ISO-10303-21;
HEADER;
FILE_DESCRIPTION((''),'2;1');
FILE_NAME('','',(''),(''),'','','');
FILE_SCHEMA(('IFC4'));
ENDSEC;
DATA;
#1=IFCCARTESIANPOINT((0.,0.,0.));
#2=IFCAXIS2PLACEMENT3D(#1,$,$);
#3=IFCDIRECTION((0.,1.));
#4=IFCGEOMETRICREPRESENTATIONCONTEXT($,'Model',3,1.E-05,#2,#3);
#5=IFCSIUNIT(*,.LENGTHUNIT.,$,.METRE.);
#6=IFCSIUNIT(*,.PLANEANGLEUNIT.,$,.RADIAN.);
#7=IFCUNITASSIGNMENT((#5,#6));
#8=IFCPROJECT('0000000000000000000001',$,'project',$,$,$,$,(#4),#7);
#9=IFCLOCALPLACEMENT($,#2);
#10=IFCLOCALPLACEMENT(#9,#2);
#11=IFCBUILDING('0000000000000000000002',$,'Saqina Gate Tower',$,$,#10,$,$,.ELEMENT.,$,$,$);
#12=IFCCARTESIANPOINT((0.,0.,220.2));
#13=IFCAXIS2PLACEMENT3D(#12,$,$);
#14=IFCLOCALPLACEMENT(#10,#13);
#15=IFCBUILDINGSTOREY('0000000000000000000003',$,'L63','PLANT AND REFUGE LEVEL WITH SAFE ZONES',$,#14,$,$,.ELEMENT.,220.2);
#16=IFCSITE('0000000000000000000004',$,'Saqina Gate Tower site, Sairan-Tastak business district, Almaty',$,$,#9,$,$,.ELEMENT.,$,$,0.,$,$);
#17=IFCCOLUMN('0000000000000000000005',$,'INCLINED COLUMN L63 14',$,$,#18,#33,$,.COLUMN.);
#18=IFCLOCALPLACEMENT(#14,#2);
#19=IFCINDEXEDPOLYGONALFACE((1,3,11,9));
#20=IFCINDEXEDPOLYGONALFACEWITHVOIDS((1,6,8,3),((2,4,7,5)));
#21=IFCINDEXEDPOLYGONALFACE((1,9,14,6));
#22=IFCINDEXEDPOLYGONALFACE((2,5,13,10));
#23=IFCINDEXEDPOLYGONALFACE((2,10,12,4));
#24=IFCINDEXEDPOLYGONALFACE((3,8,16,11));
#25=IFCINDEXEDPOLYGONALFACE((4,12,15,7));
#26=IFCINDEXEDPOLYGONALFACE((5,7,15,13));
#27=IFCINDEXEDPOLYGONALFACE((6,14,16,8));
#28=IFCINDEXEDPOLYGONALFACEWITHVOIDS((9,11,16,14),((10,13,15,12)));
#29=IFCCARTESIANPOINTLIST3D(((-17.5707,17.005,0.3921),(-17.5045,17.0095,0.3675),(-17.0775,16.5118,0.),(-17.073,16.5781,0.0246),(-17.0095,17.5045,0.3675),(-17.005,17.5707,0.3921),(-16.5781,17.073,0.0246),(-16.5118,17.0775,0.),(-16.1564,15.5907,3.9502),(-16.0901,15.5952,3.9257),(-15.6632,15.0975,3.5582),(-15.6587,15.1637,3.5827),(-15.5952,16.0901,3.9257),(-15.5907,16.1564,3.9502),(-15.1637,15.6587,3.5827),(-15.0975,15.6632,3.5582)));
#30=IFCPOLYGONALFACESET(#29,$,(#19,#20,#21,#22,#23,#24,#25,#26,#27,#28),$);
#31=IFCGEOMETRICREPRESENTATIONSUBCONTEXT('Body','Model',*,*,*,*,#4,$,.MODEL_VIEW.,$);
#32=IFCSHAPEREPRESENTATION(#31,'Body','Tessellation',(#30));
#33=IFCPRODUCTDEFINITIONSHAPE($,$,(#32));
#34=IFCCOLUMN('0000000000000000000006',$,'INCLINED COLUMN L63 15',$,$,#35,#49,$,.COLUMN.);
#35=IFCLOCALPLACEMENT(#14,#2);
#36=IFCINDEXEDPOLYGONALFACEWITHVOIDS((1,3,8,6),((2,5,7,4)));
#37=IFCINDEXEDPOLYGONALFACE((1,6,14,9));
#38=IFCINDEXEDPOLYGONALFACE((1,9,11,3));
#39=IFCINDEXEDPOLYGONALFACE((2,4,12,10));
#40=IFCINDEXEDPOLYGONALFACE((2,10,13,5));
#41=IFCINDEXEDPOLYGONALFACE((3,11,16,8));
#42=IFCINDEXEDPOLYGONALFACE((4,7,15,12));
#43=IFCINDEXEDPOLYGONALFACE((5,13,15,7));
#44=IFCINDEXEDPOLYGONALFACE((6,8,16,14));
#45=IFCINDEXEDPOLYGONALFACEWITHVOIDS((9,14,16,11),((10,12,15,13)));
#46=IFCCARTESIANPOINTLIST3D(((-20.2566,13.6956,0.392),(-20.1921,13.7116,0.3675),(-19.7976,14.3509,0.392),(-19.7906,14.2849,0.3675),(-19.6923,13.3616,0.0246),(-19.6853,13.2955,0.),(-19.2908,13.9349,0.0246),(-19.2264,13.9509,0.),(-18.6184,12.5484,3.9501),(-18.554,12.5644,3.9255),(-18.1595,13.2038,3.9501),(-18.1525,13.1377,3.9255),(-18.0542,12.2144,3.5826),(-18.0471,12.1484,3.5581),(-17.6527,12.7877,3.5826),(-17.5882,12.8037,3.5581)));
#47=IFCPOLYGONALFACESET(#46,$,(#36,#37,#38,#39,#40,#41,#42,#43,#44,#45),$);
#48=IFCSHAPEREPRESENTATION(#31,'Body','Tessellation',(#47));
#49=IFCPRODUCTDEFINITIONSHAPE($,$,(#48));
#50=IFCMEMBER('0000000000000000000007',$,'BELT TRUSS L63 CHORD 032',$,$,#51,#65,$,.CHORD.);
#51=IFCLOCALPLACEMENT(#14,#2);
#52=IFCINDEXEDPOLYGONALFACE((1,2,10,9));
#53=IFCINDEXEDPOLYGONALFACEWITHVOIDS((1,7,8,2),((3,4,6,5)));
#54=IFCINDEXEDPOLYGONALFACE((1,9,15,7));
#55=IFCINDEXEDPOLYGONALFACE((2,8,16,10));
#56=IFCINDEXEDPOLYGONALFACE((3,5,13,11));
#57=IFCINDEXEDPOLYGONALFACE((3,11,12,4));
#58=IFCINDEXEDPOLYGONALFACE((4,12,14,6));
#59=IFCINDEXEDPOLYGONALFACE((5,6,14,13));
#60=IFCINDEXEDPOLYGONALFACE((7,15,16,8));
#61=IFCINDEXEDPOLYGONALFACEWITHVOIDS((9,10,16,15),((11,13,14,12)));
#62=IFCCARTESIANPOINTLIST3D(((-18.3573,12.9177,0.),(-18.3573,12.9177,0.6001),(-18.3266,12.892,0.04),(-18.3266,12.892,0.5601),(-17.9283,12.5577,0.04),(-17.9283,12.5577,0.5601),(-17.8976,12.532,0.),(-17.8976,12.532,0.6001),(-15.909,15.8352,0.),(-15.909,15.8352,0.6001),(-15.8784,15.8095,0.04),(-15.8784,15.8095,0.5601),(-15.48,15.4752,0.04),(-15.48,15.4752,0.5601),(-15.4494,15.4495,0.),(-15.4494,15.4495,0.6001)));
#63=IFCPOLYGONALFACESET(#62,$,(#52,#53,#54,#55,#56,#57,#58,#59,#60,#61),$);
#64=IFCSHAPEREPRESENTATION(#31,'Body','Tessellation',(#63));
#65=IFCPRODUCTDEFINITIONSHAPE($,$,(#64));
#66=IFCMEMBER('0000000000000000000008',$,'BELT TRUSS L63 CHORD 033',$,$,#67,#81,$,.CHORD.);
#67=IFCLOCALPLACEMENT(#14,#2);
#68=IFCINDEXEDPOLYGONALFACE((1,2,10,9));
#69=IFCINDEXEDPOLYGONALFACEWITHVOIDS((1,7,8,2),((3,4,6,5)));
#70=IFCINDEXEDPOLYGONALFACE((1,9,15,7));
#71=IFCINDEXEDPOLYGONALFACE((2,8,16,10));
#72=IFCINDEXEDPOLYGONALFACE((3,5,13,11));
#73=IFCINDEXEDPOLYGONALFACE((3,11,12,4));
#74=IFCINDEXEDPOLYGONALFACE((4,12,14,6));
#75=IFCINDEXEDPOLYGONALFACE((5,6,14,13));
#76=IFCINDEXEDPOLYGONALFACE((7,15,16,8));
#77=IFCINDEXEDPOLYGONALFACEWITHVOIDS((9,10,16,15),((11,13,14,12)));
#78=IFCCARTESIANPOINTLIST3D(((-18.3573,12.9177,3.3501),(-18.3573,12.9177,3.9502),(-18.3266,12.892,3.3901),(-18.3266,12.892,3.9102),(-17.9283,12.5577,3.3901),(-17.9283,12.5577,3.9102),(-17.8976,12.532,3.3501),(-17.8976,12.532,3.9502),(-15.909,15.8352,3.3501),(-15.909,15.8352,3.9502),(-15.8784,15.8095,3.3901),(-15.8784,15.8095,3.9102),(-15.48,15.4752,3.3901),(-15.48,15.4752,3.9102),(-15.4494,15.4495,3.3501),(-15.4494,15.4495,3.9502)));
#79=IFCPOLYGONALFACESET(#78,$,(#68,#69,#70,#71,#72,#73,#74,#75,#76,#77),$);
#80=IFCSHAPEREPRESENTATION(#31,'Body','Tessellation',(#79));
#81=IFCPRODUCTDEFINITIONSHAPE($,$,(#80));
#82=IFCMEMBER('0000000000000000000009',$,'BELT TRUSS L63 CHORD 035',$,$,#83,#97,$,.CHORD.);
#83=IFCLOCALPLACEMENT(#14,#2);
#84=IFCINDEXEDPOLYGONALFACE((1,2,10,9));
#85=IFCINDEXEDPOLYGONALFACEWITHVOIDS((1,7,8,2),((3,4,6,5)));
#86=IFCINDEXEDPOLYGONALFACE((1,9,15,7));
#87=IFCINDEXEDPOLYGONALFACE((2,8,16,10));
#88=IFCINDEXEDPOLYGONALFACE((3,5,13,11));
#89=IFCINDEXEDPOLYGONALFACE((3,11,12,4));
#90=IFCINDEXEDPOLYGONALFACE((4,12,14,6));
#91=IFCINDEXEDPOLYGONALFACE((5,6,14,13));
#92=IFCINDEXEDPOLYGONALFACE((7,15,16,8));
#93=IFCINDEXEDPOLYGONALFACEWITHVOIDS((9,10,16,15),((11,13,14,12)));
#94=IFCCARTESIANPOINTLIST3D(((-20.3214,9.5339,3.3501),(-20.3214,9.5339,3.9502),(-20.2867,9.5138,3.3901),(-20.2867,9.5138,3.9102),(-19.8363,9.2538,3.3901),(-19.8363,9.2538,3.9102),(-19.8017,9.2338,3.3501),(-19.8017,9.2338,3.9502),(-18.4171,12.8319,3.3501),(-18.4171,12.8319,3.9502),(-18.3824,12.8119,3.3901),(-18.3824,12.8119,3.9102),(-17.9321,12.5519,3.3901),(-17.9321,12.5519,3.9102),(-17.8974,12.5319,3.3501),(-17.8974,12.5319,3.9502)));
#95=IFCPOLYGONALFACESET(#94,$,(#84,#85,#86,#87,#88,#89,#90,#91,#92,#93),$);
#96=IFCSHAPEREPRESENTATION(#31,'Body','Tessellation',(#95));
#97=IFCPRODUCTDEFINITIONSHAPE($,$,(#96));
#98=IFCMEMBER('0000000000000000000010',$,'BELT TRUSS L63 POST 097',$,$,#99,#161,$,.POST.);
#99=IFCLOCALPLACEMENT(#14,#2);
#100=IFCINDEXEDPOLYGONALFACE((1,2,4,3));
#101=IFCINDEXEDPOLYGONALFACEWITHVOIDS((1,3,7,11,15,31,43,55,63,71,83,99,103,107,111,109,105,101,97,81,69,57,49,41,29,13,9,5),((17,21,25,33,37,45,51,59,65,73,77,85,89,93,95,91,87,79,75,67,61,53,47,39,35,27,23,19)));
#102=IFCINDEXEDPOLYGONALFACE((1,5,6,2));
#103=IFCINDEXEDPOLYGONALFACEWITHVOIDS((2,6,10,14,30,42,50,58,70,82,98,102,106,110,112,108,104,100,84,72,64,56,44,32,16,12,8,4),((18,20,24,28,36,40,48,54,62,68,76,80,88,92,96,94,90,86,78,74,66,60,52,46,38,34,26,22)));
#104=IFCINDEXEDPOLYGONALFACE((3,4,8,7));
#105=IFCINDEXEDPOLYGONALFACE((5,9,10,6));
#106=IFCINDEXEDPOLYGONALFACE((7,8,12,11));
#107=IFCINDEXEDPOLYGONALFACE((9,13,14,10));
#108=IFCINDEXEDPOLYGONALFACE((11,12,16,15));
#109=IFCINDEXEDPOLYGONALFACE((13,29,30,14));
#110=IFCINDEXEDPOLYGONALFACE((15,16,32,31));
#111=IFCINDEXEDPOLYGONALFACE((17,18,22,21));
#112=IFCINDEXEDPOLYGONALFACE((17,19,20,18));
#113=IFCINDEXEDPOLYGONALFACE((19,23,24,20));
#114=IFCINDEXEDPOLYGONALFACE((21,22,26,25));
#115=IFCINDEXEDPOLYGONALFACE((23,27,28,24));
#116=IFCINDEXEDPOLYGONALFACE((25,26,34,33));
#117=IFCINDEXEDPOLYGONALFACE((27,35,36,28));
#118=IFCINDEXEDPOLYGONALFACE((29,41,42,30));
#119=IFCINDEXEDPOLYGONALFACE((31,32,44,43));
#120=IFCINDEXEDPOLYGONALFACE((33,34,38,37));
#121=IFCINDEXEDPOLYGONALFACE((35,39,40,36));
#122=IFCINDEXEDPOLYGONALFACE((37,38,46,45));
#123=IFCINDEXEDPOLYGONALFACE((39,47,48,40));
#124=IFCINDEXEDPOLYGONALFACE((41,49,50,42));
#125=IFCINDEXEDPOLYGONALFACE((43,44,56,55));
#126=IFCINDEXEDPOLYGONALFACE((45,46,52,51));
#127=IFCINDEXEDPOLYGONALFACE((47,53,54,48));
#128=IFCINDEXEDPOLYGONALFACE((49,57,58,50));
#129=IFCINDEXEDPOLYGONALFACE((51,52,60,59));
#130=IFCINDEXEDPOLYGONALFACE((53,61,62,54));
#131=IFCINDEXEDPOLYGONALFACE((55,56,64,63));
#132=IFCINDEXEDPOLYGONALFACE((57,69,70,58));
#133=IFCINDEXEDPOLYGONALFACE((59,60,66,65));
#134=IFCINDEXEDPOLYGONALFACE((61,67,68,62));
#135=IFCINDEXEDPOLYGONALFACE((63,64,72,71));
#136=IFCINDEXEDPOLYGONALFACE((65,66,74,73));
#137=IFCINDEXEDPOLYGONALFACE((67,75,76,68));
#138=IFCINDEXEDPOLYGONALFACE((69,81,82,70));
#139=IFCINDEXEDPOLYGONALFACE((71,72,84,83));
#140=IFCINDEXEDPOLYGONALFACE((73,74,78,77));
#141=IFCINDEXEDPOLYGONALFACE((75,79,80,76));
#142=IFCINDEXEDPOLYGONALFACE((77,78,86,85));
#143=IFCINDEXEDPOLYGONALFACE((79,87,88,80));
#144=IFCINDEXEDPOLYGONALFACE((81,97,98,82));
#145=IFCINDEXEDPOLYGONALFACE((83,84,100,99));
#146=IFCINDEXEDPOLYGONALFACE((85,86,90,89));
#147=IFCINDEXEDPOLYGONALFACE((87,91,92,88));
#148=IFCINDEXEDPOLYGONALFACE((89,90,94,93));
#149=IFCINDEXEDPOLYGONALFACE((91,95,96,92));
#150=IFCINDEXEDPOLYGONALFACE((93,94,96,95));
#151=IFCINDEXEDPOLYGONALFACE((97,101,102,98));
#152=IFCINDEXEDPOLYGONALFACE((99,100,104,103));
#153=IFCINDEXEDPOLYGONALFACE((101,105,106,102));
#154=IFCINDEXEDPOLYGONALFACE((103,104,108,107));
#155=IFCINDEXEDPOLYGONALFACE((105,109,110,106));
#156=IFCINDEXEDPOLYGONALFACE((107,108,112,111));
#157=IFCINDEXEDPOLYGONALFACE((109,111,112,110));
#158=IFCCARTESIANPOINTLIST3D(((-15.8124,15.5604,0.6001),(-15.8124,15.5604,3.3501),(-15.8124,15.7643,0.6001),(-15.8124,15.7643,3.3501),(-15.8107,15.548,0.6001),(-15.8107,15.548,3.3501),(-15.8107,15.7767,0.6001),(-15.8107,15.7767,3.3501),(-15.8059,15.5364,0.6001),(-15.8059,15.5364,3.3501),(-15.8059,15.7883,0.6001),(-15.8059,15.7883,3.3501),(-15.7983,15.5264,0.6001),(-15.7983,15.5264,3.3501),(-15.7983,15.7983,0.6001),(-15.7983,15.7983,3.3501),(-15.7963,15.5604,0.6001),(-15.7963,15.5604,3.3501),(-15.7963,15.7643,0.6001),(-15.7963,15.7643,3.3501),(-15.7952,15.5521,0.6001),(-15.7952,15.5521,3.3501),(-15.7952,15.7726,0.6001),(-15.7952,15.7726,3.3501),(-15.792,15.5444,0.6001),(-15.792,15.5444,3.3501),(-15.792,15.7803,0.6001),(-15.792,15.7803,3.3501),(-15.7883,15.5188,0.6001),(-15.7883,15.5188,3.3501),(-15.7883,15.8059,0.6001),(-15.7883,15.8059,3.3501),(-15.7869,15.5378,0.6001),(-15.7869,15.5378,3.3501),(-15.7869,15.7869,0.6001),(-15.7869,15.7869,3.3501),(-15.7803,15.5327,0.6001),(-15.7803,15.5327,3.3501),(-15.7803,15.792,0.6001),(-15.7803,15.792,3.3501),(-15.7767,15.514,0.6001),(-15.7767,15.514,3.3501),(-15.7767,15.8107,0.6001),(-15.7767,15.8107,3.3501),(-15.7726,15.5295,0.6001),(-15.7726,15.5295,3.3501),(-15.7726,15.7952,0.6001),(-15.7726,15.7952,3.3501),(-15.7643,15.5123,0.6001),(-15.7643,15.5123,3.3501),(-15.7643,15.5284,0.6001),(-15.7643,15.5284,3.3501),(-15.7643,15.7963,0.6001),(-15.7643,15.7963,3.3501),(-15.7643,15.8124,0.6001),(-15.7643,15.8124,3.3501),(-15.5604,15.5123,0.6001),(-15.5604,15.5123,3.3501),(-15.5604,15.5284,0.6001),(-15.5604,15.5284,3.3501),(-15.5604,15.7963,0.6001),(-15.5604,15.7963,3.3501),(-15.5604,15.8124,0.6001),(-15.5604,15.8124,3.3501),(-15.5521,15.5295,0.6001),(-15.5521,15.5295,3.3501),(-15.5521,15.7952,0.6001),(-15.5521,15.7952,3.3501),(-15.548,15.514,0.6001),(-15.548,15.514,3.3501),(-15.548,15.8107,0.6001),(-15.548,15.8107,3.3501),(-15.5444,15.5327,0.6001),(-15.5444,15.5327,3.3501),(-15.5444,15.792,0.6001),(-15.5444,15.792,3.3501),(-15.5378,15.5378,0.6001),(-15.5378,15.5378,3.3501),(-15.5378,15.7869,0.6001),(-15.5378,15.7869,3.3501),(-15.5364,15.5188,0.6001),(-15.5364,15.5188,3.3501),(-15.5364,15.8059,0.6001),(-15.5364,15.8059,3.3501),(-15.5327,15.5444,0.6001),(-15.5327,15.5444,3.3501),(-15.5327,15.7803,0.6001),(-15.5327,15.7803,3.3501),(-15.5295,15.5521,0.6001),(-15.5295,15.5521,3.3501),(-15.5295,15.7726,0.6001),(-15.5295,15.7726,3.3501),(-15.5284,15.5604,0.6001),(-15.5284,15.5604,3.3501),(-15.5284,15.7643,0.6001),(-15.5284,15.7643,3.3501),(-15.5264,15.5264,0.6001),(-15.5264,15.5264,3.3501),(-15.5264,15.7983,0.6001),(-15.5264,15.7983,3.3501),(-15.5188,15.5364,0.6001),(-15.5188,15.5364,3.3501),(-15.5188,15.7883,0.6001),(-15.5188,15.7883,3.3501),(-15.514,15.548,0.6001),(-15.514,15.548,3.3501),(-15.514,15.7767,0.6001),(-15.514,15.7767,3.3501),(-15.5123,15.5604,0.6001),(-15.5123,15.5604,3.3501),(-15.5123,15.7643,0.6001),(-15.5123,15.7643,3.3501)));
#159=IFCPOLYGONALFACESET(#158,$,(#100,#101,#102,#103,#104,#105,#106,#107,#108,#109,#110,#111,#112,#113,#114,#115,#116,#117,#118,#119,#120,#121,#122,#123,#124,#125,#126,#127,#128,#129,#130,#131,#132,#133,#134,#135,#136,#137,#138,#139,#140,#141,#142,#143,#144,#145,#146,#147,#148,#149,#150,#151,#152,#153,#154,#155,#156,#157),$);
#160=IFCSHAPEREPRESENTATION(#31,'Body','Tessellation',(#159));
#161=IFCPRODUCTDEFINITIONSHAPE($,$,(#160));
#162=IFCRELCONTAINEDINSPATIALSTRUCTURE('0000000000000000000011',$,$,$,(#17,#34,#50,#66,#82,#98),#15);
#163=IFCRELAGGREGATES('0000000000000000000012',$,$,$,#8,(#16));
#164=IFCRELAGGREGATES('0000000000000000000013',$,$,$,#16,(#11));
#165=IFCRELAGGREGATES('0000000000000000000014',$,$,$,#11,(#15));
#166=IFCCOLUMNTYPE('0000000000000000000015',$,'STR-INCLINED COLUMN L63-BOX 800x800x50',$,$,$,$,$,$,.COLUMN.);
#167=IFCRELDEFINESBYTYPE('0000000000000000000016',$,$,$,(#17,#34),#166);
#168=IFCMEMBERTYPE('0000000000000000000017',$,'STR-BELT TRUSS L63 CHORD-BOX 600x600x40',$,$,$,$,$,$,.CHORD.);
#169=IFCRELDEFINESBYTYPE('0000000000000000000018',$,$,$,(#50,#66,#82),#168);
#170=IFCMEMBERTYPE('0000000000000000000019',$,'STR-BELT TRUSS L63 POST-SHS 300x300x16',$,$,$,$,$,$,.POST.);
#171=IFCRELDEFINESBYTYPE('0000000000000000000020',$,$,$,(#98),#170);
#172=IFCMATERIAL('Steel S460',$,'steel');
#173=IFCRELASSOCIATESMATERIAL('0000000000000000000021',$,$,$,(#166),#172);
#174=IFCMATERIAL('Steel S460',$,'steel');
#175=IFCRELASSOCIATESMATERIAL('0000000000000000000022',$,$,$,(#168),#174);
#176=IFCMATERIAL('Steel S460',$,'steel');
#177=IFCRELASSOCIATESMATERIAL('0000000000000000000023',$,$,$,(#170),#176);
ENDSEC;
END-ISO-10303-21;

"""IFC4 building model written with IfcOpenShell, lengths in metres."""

from ifc_helpers import new_model, si_unit, direction, frame, origin, origin_2d, place, context, subcontext, project, spatial, hollow_rectangle, extrude, material, material_profile, profile_set, type_object, element, save


model = new_model("IFC4")

# Units and contexts
model_context = context("Model", 3, precision=1e-05, world=origin(), true_north=direction((0.0, 1.0)))
body_context = subcontext(model_context, "Body", "Model", "MODEL_VIEW")
ifc_project = project(units=[si_unit("LENGTHUNIT", "METRE"), si_unit("PLANEANGLEUNIT", "RADIAN")], contexts=[model_context])

# Site, building, storey
site_placement = place(None, origin())
site = spatial("IfcSite", under=ifc_project, at=site_placement, Name="Saqina Gate Tower site, Sairan-Tastak business district, Almaty", CompositionType="ELEMENT", RefElevation=0.0)
building_placement = place(site_placement, origin())
building = spatial("IfcBuilding", under=site, at=building_placement, Name="Saqina Gate Tower", CompositionType="ELEMENT")
storey_placement = place(building_placement, frame((0.0, 0.0, 220.2)))
storey = spatial("IfcBuildingStorey", under=building, at=storey_placement, Name="L63", Description="PLANT AND REFUGE LEVEL WITH SAFE ZONES", CompositionType="ELEMENT", Elevation=220.2)

# Columns
ifc_material_1 = material(Name="Steel S460", Category="steel")
ifc_material_profile_1 = material_profile(ifc_material_1, hollow_rectangle(XDim=0.8, YDim=0.8, WallThickness=0.05, at=origin_2d()), Name="BOX 800x800x50")
ifc_profile_set_1 = profile_set([ifc_material_profile_1], Name="Steel S460")
column_type = type_object("IfcColumnType", Name="STR-INCLINED COLUMN L63-BOX 800x800x50", PredefinedType="COLUMN", material=ifc_profile_set_1)
column_1_placement = place(storey_placement, frame((-17.0413, 17.0413, 0.196), z_axis=(0.346496, -0.346496, 0.871712), x_axis=(0.707107, 0.707107, 0.0)))
element("IfcColumn", 1, at=column_1_placement, inside=storey, type_object=column_type, Name="INCLINED COLUMN L63 14", PredefinedType="COLUMN", context=body_context, shape_type="SweptSolid", body=[
    extrude(hollow_rectangle(XDim=0.8, YDim=0.8, WallThickness=0.05, at=origin_2d()), origin(), (0.0, 0.0, 1.0), 4.0818),
])
column_2_placement = place(storey_placement, frame((-19.7415, 13.8232, 0.196), z_axis=(0.401353, -0.281067, 0.871732), x_axis=(0.573626, 0.819117, 0.0)))
element("IfcColumn", 2, at=column_2_placement, inside=storey, type_object=column_type, Name="INCLINED COLUMN L63 15", PredefinedType="COLUMN", context=body_context, shape_type="SweptSolid", body=[
    extrude(hollow_rectangle(XDim=0.8, YDim=0.8, WallThickness=0.05, at=origin_2d()), origin(), (0.0, 0.0, 1.0), 4.0815),
])

# Members
ifc_material_2 = material(Name="Steel S460", Category="steel")
ifc_material_profile_2 = material_profile(ifc_material_2, hollow_rectangle(XDim=0.6001, YDim=0.6001, WallThickness=0.04, at=origin_2d()), Name="BOX 600x600x40")
ifc_profile_set_2 = profile_set([ifc_material_profile_2], Name="Steel S460")
member_type_1 = type_object("IfcMemberType", Name="STR-BELT TRUSS L63 CHORD-BOX 600x600x40", PredefinedType="CHORD", material=ifc_profile_set_2)
for number, where, z_axis, x_axis, name in (
    (3, (-15.6792, 15.6423, 0.3), (-0.642816, -0.76602, 0.0), (0.76602, -0.642816, 0.0), "BELT TRUSS L63 CHORD 032"),
    (4, (-15.6792, 15.6423, 3.6501), (-0.642816, -0.76602, 0.0), (0.76602, -0.642816, 0.0), "BELT TRUSS L63 CHORD 033"),
):
    element("IfcMember", number, at=place(storey_placement, frame(where, z_axis=z_axis, x_axis=x_axis)), inside=storey, type_object=member_type_1, Name=name, PredefinedType="CHORD", context=body_context, shape_type="SweptSolid", body=[
        extrude(hollow_rectangle(XDim=0.6001, YDim=0.6001, WallThickness=0.04, at=origin_2d()), origin(), (0.0, 0.0, 1.0), 3.8086),
    ])
member_1_placement = place(storey_placement, frame((-18.1572, 12.6819, 3.6501), z_axis=(-0.500028, -0.866009, 0.0), x_axis=(0.866009, -0.500028, 0.0)))
element("IfcMember", 5, at=member_1_placement, inside=storey, type_object=member_type_1, Name="BELT TRUSS L63 CHORD 035", PredefinedType="CHORD", context=body_context, shape_type="SweptSolid", body=[
    extrude(hollow_rectangle(XDim=0.6001, YDim=0.6001, WallThickness=0.04, at=origin_2d()), origin(), (0.0, 0.0, 1.0), 3.8083),
])
ifc_material_3 = material(Name="Steel S460", Category="steel")
ifc_material_profile_3 = material_profile(ifc_material_3, hollow_rectangle(XDim=0.3, YDim=0.3, WallThickness=0.0161, InnerFilletRadius=0.032, OuterFilletRadius=0.0481, at=origin_2d()), Name="SHS 300x300x16")
ifc_profile_set_3 = profile_set([ifc_material_profile_3], Name="Steel S460")
member_type_2 = type_object("IfcMemberType", Name="STR-BELT TRUSS L63 POST-SHS 300x300x16", PredefinedType="POST", material=ifc_profile_set_3)
for number, where, z_axis, x_axis, name in (
    (6, (-15.6624, 15.6624, 0.6001), (0.0, 0.0, 1.0), (1.0, 0.0, 0.0), "BELT TRUSS L63 POST 097"),
):
    element("IfcMember", number, at=place(storey_placement, frame(where, z_axis=z_axis, x_axis=x_axis)), inside=storey, type_object=member_type_2, Name=name, PredefinedType="POST", context=body_context, shape_type="SweptSolid", body=[
        extrude(hollow_rectangle(XDim=0.3, YDim=0.3, WallThickness=0.0161, InnerFilletRadius=0.032, OuterFilletRadius=0.0481, at=origin_2d()), origin(), (0.0, 0.0, 1.0), 2.75),
    ])

save(model, "model.ifc")
